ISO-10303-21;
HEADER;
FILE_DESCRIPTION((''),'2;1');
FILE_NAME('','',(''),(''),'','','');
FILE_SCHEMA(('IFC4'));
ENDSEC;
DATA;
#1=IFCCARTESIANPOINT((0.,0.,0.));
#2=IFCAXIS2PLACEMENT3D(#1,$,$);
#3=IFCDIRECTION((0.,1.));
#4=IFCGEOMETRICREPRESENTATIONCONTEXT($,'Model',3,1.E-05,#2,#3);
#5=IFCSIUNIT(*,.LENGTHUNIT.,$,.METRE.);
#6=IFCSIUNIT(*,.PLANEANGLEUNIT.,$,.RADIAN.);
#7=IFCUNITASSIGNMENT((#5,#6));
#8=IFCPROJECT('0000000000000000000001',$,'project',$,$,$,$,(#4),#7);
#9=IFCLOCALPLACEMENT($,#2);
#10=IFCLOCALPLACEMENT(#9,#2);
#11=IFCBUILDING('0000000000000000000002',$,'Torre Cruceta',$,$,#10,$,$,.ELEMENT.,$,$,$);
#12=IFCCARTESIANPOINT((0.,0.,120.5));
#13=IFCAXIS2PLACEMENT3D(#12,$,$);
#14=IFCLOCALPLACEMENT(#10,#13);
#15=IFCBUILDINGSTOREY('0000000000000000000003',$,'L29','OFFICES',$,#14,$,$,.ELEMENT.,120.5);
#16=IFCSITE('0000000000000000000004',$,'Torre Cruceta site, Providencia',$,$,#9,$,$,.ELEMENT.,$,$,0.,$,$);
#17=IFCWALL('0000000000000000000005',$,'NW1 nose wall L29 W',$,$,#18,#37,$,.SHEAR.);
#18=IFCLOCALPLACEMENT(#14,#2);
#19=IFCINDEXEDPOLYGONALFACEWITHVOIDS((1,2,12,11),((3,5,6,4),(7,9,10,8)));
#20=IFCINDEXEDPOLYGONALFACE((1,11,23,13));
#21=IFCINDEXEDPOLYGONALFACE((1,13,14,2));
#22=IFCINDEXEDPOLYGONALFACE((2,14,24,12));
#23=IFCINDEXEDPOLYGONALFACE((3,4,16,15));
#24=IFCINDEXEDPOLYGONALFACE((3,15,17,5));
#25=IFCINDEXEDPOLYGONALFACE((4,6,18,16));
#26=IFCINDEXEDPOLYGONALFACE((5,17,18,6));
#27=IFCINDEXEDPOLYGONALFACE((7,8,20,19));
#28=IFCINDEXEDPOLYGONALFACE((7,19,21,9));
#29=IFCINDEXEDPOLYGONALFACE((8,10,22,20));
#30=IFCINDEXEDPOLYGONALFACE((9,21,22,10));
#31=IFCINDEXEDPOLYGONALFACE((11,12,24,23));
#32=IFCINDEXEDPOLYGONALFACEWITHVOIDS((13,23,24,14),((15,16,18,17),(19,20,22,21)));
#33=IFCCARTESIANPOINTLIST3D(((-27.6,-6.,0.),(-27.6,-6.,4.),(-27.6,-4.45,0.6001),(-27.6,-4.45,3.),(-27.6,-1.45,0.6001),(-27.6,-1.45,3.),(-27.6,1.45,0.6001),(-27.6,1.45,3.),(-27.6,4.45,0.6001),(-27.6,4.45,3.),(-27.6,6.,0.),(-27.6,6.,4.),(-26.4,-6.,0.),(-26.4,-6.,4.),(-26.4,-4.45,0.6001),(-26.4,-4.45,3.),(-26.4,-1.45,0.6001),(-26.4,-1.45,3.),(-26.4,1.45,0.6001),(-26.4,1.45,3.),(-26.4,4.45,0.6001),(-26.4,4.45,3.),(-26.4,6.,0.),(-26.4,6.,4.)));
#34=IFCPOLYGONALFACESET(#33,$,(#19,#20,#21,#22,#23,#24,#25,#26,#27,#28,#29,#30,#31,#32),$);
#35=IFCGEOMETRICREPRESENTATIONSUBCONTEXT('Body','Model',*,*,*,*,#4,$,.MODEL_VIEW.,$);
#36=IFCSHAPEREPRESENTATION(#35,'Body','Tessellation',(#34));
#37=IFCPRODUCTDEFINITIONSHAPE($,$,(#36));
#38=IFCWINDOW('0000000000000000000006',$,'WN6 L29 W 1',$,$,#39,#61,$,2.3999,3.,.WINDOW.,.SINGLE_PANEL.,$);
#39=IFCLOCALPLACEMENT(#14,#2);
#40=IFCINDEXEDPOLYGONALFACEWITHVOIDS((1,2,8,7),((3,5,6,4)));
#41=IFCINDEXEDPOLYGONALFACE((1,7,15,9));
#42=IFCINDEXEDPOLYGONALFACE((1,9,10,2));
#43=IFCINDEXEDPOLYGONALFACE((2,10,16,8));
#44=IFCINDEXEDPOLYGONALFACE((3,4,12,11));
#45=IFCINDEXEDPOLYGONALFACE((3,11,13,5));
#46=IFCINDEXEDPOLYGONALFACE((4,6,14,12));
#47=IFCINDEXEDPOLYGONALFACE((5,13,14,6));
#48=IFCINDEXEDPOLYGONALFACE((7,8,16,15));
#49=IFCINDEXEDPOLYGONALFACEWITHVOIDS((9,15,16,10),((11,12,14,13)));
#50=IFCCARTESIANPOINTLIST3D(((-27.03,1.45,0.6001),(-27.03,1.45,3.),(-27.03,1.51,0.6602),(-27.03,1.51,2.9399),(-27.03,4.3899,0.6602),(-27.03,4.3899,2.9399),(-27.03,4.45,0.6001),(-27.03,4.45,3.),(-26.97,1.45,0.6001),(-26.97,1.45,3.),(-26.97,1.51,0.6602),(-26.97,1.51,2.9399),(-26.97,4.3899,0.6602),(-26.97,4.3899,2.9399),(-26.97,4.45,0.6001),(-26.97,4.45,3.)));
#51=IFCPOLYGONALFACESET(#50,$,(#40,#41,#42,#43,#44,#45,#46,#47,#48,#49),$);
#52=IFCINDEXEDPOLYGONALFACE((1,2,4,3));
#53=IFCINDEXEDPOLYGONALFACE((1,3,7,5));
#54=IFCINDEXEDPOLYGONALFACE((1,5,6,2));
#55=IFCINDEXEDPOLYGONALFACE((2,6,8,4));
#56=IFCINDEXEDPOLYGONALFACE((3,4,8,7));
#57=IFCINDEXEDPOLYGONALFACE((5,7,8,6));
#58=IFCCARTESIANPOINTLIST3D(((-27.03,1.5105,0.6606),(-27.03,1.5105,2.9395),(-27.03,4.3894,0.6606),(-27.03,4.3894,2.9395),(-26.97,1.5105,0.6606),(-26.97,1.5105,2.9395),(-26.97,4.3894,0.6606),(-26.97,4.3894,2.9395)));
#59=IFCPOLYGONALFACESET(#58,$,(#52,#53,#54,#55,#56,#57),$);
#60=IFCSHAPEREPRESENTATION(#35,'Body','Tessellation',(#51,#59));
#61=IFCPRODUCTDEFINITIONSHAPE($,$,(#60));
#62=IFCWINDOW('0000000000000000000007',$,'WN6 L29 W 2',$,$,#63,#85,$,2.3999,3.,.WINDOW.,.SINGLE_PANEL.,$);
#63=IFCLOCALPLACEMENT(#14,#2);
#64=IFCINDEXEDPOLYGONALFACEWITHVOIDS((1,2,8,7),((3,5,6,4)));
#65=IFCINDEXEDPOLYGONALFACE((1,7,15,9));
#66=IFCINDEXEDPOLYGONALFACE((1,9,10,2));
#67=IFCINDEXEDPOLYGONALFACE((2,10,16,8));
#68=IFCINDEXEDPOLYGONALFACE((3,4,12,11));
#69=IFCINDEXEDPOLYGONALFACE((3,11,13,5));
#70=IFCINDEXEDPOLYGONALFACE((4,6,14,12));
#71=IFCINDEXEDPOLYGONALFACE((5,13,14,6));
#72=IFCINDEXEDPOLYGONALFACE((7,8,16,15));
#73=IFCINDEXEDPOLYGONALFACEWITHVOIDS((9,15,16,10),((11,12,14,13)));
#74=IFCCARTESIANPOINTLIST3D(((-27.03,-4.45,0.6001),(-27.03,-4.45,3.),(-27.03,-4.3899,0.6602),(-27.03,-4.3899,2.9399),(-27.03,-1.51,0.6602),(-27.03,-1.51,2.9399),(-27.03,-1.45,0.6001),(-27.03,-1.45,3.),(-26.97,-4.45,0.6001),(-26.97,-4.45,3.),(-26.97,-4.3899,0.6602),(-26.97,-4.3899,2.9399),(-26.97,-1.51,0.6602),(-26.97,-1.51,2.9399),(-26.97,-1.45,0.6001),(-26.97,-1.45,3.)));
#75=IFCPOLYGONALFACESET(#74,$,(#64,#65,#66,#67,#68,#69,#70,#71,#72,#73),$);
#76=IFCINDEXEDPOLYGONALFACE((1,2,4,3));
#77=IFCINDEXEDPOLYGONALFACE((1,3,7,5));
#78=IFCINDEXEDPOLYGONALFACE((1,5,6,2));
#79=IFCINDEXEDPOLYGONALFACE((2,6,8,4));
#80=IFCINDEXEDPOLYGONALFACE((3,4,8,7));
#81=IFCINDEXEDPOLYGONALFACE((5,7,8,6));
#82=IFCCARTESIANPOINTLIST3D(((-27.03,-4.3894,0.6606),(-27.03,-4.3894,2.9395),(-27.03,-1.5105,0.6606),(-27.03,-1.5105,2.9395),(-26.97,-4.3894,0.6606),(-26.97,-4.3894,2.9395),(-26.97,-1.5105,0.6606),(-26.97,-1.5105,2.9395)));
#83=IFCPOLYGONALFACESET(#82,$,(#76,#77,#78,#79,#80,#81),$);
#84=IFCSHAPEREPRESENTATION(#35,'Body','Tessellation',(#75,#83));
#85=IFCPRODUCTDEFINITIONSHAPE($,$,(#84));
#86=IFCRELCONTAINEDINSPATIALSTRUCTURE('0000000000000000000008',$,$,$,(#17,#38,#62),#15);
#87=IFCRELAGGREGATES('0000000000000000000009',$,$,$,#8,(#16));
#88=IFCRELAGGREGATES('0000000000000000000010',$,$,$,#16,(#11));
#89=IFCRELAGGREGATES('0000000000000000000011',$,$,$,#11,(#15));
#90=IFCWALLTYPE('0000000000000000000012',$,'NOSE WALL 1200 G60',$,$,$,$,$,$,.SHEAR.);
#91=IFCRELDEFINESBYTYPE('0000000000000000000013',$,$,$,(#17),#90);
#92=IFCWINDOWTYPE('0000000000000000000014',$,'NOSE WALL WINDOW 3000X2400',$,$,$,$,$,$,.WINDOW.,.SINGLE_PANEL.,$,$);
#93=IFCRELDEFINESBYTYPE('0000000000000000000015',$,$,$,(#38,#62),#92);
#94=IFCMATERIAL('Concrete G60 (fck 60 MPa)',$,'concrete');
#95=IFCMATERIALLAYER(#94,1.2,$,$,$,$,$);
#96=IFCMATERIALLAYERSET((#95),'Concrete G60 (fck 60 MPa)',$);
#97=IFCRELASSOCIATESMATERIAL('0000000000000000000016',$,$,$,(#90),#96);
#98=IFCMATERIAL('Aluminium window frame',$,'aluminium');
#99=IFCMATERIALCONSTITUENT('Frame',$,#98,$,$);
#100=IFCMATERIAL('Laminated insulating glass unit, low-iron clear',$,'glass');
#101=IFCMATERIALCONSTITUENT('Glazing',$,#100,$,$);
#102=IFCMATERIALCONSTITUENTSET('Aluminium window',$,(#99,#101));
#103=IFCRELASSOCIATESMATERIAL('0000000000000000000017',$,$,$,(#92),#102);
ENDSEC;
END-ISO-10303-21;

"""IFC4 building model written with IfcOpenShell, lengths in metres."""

from ifc_helpers import new_model, si_unit, direction, frame, frame_2d, origin, place, context, subcontext, project, spatial, rectangle, hollow_rectangle, extrude, material, layer, layer_set, constituent, constituent_set, type_object, element, fill, save


model = new_model("IFC4")

# Units and contexts
model_context = context("Model", 3, precision=1e-05, world=origin(), true_north=direction((0.0, 1.0)))
body_context = subcontext(model_context, "Body", "Model", "MODEL_VIEW")
ifc_project = project(units=[si_unit("LENGTHUNIT", "METRE"), si_unit("PLANEANGLEUNIT", "RADIAN")], contexts=[model_context])

# Site, building, storey
site_placement = place(None, origin())
site = spatial("IfcSite", under=ifc_project, at=site_placement, Name="Torre Cruceta site, Providencia", CompositionType="ELEMENT", RefElevation=0.0)
building_placement = place(site_placement, origin())
building = spatial("IfcBuilding", under=site, at=building_placement, Name="Torre Cruceta", CompositionType="ELEMENT")
storey_placement = place(building_placement, frame((0.0, 0.0, 120.5)))
storey = spatial("IfcBuildingStorey", under=building, at=storey_placement, Name="L29", Description="OFFICES", CompositionType="ELEMENT", Elevation=120.5)

# Wall, openings, windows
ifc_material_1 = material(Name="Concrete G60 (fck 60 MPa)", Category="concrete")
ifc_layer_1 = layer(ifc_material_1, 1.2)
ifc_layer_set_1 = layer_set([ifc_layer_1], Name="Concrete G60 (fck 60 MPa)")
wall_type_1 = type_object("IfcWallType", Name="NOSE WALL 1200 G60", PredefinedType="SHEAR", material=ifc_layer_set_1)
wall_1_placement = place(storey_placement, frame((-27.0, 6.0, 0.0), z_axis=(0.0, 0.0, 1.0), x_axis=(0.0, -1.0, 0.0)))
wall_1 = element("IfcWall", 1, at=wall_1_placement, inside=storey, type_object=wall_type_1, Name="NW1 nose wall L29 W", PredefinedType="SHEAR", context=body_context, shape_type="SweptSolid", body=[
    extrude(rectangle(XDim=12.0, YDim=1.2, at=frame_2d((6.0, 0.0))), origin(), (0.0, 0.0, 1.0), 4.0),
])
opening_1_placement = place(wall_1_placement, frame((1.55, 0.0, 0.6001)))
opening_1 = element("IfcOpeningElement", 2, at=opening_1_placement, cuts=wall_1, PredefinedType="OPENING", context=body_context, shape_type="SweptSolid", body=[
    extrude(rectangle(XDim=3.0, YDim=2.3999, at=frame_2d((1.5, 1.2))), frame((0.0, 0.6099, 0.0), z_axis=(0.0, -1.0, 0.0), x_axis=(1.0, 0.0, 0.0)), (0.0, 0.0, 1.0), 1.22),
])
opening_2_placement = place(wall_1_placement, frame((7.45, 0.0, 0.6001)))
opening_2 = element("IfcOpeningElement", 3, at=opening_2_placement, cuts=wall_1, PredefinedType="OPENING", context=body_context, shape_type="SweptSolid", body=[
    extrude(rectangle(XDim=3.0, YDim=2.3999, at=frame_2d((1.5, 1.2))), frame((0.0, 0.6099, 0.0), z_axis=(0.0, -1.0, 0.0), x_axis=(1.0, 0.0, 0.0)), (0.0, 0.0, 1.0), 1.22),
])
ifc_material_2 = material(Name="Aluminium window frame", Category="aluminium")
ifc_constituent_1 = constituent(ifc_material_2, Name="Frame")
ifc_material_3 = material(Name="Laminated insulating glass unit, low-iron clear", Category="glass")
ifc_constituent_2 = constituent(ifc_material_3, Name="Glazing")
ifc_constituent_set_1 = constituent_set(constituents=[ifc_constituent_1, ifc_constituent_2], Name="Aluminium window")
window_type_1 = type_object("IfcWindowType", Name="NOSE WALL WINDOW 3000X2400", PartitioningType="SINGLE_PANEL", PredefinedType="WINDOW", material=ifc_constituent_set_1)
window_1_placement = place(opening_1_placement, origin())
window_1 = element("IfcWindow", 4, at=window_1_placement, inside=storey, type_object=window_type_1, Name="WN6 L29 W 1", OverallHeight=2.3999, OverallWidth=3.0, PartitioningType="SINGLE_PANEL", PredefinedType="WINDOW", context=body_context, shape_type="SweptSolid", body=[
    extrude(hollow_rectangle(XDim=3.0, YDim=2.3999, WallThickness=0.0601, at=frame_2d((1.5, 1.2))), frame((0.0, 0.03, 0.0), z_axis=(0.0, -1.0, 0.0), x_axis=(1.0, 0.0, 0.0)), (0.0, 0.0, 1.0), 0.0601),
    extrude(rectangle(XDim=2.8789, YDim=2.2788, at=frame_2d((1.5, 1.2))), frame((0.0, 0.03, 0.0), z_axis=(0.0, -1.0, 0.0), x_axis=(1.0, 0.0, 0.0)), (0.0, 0.0, 1.0), 0.0601),
])
fill(opening_1, window_1)
window_2_placement = place(opening_2_placement, origin())
window_2 = element("IfcWindow", 5, at=window_2_placement, inside=storey, type_object=window_type_1, Name="WN6 L29 W 2", OverallHeight=2.3999, OverallWidth=3.0, PartitioningType="SINGLE_PANEL", PredefinedType="WINDOW", context=body_context, shape_type="SweptSolid", body=[
    extrude(hollow_rectangle(XDim=3.0, YDim=2.3999, WallThickness=0.0601, at=frame_2d((1.5, 1.2))), frame((0.0, 0.03, 0.0), z_axis=(0.0, -1.0, 0.0), x_axis=(1.0, 0.0, 0.0)), (0.0, 0.0, 1.0), 0.0601),
    extrude(rectangle(XDim=2.8789, YDim=2.2788, at=frame_2d((1.5, 1.2))), frame((0.0, 0.03, 0.0), z_axis=(0.0, -1.0, 0.0), x_axis=(1.0, 0.0, 0.0)), (0.0, 0.0, 1.0), 0.0601),
])
fill(opening_2, window_2)

save(model, "model.ifc")
